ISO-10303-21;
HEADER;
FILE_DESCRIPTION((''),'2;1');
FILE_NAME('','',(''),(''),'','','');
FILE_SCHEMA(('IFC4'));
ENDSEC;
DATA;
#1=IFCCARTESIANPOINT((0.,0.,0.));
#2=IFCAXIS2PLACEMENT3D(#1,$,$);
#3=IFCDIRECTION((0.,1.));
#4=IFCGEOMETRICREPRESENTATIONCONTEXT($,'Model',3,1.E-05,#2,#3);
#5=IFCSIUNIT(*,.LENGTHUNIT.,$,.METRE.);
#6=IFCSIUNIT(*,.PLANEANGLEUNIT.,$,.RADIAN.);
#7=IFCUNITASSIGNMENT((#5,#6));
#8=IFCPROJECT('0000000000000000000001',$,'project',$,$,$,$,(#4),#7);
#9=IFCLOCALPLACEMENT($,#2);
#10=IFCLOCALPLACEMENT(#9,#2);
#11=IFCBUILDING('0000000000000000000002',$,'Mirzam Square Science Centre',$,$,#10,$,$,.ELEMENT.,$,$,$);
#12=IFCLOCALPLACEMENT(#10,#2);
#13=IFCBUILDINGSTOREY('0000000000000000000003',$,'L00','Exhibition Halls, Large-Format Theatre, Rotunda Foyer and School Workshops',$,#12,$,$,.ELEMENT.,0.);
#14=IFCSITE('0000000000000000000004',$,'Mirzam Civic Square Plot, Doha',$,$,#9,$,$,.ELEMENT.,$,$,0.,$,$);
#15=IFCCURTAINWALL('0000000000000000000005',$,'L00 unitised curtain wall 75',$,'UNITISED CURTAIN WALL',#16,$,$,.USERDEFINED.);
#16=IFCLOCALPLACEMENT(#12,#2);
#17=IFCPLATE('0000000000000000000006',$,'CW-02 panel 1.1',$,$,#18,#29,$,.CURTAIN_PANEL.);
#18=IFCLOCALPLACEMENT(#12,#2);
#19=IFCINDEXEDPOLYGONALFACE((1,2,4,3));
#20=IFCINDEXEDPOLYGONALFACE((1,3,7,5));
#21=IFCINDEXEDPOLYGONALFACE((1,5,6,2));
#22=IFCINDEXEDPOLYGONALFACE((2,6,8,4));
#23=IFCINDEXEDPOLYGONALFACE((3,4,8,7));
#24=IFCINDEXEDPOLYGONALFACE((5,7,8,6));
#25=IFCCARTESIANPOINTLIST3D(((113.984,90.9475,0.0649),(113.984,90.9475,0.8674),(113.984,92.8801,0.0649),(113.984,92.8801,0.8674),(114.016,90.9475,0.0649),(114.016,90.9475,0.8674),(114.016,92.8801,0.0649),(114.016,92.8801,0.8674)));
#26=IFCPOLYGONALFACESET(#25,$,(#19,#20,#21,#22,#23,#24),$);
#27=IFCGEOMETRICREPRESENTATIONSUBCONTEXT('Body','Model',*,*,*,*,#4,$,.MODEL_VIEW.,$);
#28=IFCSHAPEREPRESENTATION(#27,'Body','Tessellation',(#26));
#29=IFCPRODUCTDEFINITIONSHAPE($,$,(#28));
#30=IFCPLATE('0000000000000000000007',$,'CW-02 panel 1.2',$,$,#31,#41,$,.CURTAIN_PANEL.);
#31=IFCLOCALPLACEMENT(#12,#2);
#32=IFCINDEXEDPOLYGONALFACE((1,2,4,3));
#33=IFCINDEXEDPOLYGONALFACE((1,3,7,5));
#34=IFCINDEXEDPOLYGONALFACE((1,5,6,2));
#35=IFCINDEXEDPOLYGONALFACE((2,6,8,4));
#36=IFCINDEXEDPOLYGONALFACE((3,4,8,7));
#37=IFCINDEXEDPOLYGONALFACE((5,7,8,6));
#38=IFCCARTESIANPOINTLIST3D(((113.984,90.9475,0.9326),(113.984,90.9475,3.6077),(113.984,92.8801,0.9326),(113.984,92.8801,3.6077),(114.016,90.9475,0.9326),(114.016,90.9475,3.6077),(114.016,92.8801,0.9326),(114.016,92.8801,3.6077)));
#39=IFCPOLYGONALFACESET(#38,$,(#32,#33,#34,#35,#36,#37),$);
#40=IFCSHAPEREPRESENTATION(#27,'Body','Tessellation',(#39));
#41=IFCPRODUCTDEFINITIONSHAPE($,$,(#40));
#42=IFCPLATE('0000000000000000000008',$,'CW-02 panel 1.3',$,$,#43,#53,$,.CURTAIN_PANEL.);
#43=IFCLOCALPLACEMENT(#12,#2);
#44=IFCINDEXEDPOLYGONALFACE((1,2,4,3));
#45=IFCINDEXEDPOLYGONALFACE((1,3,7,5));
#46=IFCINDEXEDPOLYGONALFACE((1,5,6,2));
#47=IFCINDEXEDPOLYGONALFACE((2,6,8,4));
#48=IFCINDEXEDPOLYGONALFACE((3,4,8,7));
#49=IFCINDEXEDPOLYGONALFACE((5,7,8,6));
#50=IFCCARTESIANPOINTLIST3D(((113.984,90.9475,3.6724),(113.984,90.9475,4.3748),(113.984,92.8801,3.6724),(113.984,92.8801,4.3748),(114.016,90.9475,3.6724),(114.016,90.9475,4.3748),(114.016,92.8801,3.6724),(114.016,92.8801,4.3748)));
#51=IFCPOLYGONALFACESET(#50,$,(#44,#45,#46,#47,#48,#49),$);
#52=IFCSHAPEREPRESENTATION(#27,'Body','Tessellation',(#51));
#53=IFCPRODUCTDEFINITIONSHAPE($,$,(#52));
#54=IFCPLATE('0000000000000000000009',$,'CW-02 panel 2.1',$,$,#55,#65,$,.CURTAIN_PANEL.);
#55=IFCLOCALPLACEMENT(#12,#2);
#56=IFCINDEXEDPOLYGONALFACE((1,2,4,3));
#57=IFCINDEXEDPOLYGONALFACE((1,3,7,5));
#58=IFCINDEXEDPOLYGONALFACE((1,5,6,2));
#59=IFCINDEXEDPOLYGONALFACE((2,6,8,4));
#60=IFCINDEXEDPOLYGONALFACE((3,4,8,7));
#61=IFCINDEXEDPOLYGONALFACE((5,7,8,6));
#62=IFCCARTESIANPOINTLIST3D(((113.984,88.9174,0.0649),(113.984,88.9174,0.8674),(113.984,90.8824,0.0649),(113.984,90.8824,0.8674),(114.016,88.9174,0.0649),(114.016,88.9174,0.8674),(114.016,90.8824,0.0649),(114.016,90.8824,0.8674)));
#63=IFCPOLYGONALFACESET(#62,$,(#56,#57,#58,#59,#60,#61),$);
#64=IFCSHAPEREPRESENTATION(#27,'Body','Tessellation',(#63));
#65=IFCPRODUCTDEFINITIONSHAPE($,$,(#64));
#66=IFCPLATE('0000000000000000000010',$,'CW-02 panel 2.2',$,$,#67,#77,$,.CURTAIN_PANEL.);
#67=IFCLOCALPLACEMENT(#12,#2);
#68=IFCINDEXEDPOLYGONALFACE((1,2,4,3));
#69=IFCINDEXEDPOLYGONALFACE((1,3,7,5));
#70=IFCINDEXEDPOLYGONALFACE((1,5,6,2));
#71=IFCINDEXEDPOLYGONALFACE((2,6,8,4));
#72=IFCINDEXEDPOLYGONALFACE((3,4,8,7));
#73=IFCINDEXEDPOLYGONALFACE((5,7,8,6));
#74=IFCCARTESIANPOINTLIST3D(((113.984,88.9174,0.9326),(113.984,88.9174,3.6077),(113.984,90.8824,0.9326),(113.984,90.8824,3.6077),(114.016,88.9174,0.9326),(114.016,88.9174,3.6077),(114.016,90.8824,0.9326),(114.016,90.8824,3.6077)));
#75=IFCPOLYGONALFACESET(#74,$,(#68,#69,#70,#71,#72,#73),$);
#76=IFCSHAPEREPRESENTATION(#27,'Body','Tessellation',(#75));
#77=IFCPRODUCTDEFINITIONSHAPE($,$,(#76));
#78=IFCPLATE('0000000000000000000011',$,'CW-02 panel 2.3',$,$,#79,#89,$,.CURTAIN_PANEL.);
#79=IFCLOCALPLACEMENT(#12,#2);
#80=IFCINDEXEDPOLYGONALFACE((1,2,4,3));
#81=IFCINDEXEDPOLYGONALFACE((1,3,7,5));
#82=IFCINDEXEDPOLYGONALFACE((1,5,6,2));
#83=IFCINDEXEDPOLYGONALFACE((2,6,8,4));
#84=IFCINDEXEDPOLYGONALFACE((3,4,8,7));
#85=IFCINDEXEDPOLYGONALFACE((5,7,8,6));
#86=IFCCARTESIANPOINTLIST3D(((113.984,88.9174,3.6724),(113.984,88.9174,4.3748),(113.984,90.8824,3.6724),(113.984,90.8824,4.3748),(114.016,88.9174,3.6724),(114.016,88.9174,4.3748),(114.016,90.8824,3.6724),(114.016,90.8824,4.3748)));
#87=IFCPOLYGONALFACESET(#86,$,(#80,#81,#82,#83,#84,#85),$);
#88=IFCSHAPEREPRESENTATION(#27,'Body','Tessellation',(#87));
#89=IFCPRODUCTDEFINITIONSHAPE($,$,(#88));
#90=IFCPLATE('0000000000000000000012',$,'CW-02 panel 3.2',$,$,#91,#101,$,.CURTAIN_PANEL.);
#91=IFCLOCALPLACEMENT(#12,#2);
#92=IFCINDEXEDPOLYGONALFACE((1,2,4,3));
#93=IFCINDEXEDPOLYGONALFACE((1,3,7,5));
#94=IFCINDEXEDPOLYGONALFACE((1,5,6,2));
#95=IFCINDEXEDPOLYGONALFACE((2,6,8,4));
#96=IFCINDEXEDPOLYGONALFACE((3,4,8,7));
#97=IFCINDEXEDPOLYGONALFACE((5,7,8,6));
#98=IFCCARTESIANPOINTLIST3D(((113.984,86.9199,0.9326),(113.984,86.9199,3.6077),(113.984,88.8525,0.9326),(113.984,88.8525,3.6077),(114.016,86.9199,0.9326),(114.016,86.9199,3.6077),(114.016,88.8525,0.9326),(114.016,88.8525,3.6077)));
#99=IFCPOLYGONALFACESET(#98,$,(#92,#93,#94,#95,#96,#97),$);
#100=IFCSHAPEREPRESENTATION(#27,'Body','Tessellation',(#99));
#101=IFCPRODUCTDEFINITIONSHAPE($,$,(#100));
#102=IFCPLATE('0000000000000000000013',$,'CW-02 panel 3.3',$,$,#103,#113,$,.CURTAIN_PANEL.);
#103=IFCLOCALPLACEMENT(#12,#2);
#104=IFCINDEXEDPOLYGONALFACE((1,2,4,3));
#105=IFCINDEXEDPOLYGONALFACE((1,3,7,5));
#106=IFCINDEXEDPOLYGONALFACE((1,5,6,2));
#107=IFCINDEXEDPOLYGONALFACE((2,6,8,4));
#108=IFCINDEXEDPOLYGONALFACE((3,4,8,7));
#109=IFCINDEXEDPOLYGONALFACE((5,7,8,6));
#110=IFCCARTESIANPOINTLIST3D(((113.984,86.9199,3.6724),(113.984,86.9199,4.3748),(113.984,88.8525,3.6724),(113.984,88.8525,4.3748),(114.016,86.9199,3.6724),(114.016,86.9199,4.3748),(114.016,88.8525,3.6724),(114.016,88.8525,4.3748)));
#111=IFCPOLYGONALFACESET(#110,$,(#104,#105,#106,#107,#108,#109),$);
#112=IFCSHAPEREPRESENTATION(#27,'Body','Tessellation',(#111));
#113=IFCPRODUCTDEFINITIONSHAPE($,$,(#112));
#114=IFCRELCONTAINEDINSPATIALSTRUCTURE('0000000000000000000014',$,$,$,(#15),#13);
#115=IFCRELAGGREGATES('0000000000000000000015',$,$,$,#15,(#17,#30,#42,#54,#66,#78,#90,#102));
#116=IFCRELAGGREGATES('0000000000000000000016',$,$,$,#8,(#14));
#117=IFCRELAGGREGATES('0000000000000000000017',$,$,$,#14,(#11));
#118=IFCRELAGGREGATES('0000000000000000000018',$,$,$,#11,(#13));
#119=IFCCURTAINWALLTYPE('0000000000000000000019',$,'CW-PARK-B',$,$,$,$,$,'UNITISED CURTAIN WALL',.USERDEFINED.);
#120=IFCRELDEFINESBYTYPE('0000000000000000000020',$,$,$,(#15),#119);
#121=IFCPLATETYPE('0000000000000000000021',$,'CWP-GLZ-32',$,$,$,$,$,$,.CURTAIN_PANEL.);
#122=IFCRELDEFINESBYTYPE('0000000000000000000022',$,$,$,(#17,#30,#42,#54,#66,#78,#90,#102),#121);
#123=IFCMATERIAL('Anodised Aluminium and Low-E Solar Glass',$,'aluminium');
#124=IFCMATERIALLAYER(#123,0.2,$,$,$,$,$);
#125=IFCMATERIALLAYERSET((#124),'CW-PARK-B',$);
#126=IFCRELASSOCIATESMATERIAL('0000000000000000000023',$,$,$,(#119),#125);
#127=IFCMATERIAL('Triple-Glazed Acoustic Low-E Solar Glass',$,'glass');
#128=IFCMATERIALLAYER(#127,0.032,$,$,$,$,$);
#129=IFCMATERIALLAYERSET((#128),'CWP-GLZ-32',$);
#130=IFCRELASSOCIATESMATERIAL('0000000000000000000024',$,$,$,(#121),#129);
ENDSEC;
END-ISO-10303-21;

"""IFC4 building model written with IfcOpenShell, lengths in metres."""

from ifc_helpers import new_model, si_unit, direction, frame, origin, origin_2d, place, context, subcontext, project, spatial, rectangle, extrude, material, layer, layer_set, type_object, element, aggregate, save


model = new_model("IFC4")

# Units and contexts
model_context = context("Model", 3, precision=1e-05, world=origin(), true_north=direction((0.0, 1.0)))
body_context = subcontext(model_context, "Body", "Model", "MODEL_VIEW")
ifc_project = project(units=[si_unit("LENGTHUNIT", "METRE"), si_unit("PLANEANGLEUNIT", "RADIAN")], contexts=[model_context])

# Site, building, storey
site_placement = place(None, origin())
site = spatial("IfcSite", under=ifc_project, at=site_placement, Name="Mirzam Civic Square Plot, Doha", CompositionType="ELEMENT", RefElevation=0.0)
building_placement = place(site_placement, origin())
building = spatial("IfcBuilding", under=site, at=building_placement, Name="Mirzam Square Science Centre", CompositionType="ELEMENT")
storey_placement = place(building_placement, origin())
storey = spatial("IfcBuildingStorey", under=building, at=storey_placement, Name="L00", Description="Exhibition Halls, Large-Format Theatre, Rotunda Foyer and School Workshops", CompositionType="ELEMENT", Elevation=0.0)

# Curtain wall, plates
ifc_material_1 = material(Name="Anodised Aluminium and Low-E Solar Glass", Category="aluminium")
ifc_layer_1 = layer(ifc_material_1, 0.2)
ifc_layer_set_1 = layer_set([ifc_layer_1], Name="CW-PARK-B")
curtain_wall_type = type_object("IfcCurtainWallType", Name="CW-PARK-B", ElementType="UNITISED CURTAIN WALL", PredefinedType="USERDEFINED", material=ifc_layer_set_1)
curtain_wall_placement = place(storey_placement, origin())
curtain_wall = element("IfcCurtainWall", 1, at=curtain_wall_placement, inside=storey, type_object=curtain_wall_type, Name="L00 unitised curtain wall 75", ObjectType="UNITISED CURTAIN WALL", PredefinedType="USERDEFINED")
ifc_material_2 = material(Name="Triple-Glazed Acoustic Low-E Solar Glass", Category="glass")
ifc_layer_2 = layer(ifc_material_2, 0.032)
ifc_layer_set_2 = layer_set([ifc_layer_2], Name="CWP-GLZ-32")
plate_type = type_object("IfcPlateType", Name="CWP-GLZ-32", PredefinedType="CURTAIN_PANEL", material=ifc_layer_set_2)
plate_1_placement = place(storey_placement, frame((114.0, 91.9138, 0.0649), z_axis=(0.0, 0.0, 1.0), x_axis=(0.0, -1.0, 0.0)))
plate_1 = element("IfcPlate", 2, at=plate_1_placement, type_object=plate_type, Name="CW-02 panel 1.1", PredefinedType="CURTAIN_PANEL", context=body_context, shape_type="SweptSolid", body=[
    extrude(rectangle(XDim=1.9326, YDim=0.032, at=origin_2d()), origin(), (0.0, 0.0, 1.0), 0.8025),
])
plate_2_placement = place(storey_placement, frame((114.0, 91.9138, 0.9326), z_axis=(0.0, 0.0, 1.0), x_axis=(0.0, -1.0, 0.0)))
plate_2 = element("IfcPlate", 3, at=plate_2_placement, type_object=plate_type, Name="CW-02 panel 1.2", PredefinedType="CURTAIN_PANEL", context=body_context, shape_type="SweptSolid", body=[
    extrude(rectangle(XDim=1.9326, YDim=0.032, at=origin_2d()), origin(), (0.0, 0.0, 1.0), 2.675),
])
plate_3_placement = place(storey_placement, frame((114.0, 91.9138, 3.6724), z_axis=(0.0, 0.0, 1.0), x_axis=(0.0, -1.0, 0.0)))
plate_3 = element("IfcPlate", 4, at=plate_3_placement, type_object=plate_type, Name="CW-02 panel 1.3", PredefinedType="CURTAIN_PANEL", context=body_context, shape_type="SweptSolid", body=[
    extrude(rectangle(XDim=1.9326, YDim=0.032, at=origin_2d()), origin(), (0.0, 0.0, 1.0), 0.7024),
])
plate_4_placement = place(storey_placement, frame((114.0, 89.8999, 0.0649), z_axis=(0.0, 0.0, 1.0), x_axis=(0.0, -1.0, 0.0)))
plate_4 = element("IfcPlate", 5, at=plate_4_placement, type_object=plate_type, Name="CW-02 panel 2.1", PredefinedType="CURTAIN_PANEL", context=body_context, shape_type="SweptSolid", body=[
    extrude(rectangle(XDim=1.9651, YDim=0.032, at=origin_2d()), origin(), (0.0, 0.0, 1.0), 0.8025),
])
plate_5_placement = place(storey_placement, frame((114.0, 89.8999, 0.9326), z_axis=(0.0, 0.0, 1.0), x_axis=(0.0, -1.0, 0.0)))
plate_5 = element("IfcPlate", 6, at=plate_5_placement, type_object=plate_type, Name="CW-02 panel 2.2", PredefinedType="CURTAIN_PANEL", context=body_context, shape_type="SweptSolid", body=[
    extrude(rectangle(XDim=1.9651, YDim=0.032, at=origin_2d()), origin(), (0.0, 0.0, 1.0), 2.675),
])
plate_6_placement = place(storey_placement, frame((114.0, 89.8999, 3.6724), z_axis=(0.0, 0.0, 1.0), x_axis=(0.0, -1.0, 0.0)))
plate_6 = element("IfcPlate", 7, at=plate_6_placement, type_object=plate_type, Name="CW-02 panel 2.3", PredefinedType="CURTAIN_PANEL", context=body_context, shape_type="SweptSolid", body=[
    extrude(rectangle(XDim=1.9651, YDim=0.032, at=origin_2d()), origin(), (0.0, 0.0, 1.0), 0.7024),
])
plate_7_placement = place(storey_placement, frame((114.0, 87.8862, 0.9326), z_axis=(0.0, 0.0, 1.0), x_axis=(0.0, -1.0, 0.0)))
plate_7 = element("IfcPlate", 8, at=plate_7_placement, type_object=plate_type, Name="CW-02 panel 3.2", PredefinedType="CURTAIN_PANEL", context=body_context, shape_type="SweptSolid", body=[
    extrude(rectangle(XDim=1.9326, YDim=0.032, at=origin_2d()), origin(), (0.0, 0.0, 1.0), 2.675),
])
plate_8_placement = place(storey_placement, frame((114.0, 87.8862, 3.6724), z_axis=(0.0, 0.0, 1.0), x_axis=(0.0, -1.0, 0.0)))
plate_8 = element("IfcPlate", 9, at=plate_8_placement, type_object=plate_type, Name="CW-02 panel 3.3", PredefinedType="CURTAIN_PANEL", context=body_context, shape_type="SweptSolid", body=[
    extrude(rectangle(XDim=1.9326, YDim=0.032, at=origin_2d()), origin(), (0.0, 0.0, 1.0), 0.7024),
])
aggregate(curtain_wall, [plate_1, plate_2, plate_3, plate_4, plate_5, plate_6, plate_7, plate_8])

save(model, "model.ifc")
